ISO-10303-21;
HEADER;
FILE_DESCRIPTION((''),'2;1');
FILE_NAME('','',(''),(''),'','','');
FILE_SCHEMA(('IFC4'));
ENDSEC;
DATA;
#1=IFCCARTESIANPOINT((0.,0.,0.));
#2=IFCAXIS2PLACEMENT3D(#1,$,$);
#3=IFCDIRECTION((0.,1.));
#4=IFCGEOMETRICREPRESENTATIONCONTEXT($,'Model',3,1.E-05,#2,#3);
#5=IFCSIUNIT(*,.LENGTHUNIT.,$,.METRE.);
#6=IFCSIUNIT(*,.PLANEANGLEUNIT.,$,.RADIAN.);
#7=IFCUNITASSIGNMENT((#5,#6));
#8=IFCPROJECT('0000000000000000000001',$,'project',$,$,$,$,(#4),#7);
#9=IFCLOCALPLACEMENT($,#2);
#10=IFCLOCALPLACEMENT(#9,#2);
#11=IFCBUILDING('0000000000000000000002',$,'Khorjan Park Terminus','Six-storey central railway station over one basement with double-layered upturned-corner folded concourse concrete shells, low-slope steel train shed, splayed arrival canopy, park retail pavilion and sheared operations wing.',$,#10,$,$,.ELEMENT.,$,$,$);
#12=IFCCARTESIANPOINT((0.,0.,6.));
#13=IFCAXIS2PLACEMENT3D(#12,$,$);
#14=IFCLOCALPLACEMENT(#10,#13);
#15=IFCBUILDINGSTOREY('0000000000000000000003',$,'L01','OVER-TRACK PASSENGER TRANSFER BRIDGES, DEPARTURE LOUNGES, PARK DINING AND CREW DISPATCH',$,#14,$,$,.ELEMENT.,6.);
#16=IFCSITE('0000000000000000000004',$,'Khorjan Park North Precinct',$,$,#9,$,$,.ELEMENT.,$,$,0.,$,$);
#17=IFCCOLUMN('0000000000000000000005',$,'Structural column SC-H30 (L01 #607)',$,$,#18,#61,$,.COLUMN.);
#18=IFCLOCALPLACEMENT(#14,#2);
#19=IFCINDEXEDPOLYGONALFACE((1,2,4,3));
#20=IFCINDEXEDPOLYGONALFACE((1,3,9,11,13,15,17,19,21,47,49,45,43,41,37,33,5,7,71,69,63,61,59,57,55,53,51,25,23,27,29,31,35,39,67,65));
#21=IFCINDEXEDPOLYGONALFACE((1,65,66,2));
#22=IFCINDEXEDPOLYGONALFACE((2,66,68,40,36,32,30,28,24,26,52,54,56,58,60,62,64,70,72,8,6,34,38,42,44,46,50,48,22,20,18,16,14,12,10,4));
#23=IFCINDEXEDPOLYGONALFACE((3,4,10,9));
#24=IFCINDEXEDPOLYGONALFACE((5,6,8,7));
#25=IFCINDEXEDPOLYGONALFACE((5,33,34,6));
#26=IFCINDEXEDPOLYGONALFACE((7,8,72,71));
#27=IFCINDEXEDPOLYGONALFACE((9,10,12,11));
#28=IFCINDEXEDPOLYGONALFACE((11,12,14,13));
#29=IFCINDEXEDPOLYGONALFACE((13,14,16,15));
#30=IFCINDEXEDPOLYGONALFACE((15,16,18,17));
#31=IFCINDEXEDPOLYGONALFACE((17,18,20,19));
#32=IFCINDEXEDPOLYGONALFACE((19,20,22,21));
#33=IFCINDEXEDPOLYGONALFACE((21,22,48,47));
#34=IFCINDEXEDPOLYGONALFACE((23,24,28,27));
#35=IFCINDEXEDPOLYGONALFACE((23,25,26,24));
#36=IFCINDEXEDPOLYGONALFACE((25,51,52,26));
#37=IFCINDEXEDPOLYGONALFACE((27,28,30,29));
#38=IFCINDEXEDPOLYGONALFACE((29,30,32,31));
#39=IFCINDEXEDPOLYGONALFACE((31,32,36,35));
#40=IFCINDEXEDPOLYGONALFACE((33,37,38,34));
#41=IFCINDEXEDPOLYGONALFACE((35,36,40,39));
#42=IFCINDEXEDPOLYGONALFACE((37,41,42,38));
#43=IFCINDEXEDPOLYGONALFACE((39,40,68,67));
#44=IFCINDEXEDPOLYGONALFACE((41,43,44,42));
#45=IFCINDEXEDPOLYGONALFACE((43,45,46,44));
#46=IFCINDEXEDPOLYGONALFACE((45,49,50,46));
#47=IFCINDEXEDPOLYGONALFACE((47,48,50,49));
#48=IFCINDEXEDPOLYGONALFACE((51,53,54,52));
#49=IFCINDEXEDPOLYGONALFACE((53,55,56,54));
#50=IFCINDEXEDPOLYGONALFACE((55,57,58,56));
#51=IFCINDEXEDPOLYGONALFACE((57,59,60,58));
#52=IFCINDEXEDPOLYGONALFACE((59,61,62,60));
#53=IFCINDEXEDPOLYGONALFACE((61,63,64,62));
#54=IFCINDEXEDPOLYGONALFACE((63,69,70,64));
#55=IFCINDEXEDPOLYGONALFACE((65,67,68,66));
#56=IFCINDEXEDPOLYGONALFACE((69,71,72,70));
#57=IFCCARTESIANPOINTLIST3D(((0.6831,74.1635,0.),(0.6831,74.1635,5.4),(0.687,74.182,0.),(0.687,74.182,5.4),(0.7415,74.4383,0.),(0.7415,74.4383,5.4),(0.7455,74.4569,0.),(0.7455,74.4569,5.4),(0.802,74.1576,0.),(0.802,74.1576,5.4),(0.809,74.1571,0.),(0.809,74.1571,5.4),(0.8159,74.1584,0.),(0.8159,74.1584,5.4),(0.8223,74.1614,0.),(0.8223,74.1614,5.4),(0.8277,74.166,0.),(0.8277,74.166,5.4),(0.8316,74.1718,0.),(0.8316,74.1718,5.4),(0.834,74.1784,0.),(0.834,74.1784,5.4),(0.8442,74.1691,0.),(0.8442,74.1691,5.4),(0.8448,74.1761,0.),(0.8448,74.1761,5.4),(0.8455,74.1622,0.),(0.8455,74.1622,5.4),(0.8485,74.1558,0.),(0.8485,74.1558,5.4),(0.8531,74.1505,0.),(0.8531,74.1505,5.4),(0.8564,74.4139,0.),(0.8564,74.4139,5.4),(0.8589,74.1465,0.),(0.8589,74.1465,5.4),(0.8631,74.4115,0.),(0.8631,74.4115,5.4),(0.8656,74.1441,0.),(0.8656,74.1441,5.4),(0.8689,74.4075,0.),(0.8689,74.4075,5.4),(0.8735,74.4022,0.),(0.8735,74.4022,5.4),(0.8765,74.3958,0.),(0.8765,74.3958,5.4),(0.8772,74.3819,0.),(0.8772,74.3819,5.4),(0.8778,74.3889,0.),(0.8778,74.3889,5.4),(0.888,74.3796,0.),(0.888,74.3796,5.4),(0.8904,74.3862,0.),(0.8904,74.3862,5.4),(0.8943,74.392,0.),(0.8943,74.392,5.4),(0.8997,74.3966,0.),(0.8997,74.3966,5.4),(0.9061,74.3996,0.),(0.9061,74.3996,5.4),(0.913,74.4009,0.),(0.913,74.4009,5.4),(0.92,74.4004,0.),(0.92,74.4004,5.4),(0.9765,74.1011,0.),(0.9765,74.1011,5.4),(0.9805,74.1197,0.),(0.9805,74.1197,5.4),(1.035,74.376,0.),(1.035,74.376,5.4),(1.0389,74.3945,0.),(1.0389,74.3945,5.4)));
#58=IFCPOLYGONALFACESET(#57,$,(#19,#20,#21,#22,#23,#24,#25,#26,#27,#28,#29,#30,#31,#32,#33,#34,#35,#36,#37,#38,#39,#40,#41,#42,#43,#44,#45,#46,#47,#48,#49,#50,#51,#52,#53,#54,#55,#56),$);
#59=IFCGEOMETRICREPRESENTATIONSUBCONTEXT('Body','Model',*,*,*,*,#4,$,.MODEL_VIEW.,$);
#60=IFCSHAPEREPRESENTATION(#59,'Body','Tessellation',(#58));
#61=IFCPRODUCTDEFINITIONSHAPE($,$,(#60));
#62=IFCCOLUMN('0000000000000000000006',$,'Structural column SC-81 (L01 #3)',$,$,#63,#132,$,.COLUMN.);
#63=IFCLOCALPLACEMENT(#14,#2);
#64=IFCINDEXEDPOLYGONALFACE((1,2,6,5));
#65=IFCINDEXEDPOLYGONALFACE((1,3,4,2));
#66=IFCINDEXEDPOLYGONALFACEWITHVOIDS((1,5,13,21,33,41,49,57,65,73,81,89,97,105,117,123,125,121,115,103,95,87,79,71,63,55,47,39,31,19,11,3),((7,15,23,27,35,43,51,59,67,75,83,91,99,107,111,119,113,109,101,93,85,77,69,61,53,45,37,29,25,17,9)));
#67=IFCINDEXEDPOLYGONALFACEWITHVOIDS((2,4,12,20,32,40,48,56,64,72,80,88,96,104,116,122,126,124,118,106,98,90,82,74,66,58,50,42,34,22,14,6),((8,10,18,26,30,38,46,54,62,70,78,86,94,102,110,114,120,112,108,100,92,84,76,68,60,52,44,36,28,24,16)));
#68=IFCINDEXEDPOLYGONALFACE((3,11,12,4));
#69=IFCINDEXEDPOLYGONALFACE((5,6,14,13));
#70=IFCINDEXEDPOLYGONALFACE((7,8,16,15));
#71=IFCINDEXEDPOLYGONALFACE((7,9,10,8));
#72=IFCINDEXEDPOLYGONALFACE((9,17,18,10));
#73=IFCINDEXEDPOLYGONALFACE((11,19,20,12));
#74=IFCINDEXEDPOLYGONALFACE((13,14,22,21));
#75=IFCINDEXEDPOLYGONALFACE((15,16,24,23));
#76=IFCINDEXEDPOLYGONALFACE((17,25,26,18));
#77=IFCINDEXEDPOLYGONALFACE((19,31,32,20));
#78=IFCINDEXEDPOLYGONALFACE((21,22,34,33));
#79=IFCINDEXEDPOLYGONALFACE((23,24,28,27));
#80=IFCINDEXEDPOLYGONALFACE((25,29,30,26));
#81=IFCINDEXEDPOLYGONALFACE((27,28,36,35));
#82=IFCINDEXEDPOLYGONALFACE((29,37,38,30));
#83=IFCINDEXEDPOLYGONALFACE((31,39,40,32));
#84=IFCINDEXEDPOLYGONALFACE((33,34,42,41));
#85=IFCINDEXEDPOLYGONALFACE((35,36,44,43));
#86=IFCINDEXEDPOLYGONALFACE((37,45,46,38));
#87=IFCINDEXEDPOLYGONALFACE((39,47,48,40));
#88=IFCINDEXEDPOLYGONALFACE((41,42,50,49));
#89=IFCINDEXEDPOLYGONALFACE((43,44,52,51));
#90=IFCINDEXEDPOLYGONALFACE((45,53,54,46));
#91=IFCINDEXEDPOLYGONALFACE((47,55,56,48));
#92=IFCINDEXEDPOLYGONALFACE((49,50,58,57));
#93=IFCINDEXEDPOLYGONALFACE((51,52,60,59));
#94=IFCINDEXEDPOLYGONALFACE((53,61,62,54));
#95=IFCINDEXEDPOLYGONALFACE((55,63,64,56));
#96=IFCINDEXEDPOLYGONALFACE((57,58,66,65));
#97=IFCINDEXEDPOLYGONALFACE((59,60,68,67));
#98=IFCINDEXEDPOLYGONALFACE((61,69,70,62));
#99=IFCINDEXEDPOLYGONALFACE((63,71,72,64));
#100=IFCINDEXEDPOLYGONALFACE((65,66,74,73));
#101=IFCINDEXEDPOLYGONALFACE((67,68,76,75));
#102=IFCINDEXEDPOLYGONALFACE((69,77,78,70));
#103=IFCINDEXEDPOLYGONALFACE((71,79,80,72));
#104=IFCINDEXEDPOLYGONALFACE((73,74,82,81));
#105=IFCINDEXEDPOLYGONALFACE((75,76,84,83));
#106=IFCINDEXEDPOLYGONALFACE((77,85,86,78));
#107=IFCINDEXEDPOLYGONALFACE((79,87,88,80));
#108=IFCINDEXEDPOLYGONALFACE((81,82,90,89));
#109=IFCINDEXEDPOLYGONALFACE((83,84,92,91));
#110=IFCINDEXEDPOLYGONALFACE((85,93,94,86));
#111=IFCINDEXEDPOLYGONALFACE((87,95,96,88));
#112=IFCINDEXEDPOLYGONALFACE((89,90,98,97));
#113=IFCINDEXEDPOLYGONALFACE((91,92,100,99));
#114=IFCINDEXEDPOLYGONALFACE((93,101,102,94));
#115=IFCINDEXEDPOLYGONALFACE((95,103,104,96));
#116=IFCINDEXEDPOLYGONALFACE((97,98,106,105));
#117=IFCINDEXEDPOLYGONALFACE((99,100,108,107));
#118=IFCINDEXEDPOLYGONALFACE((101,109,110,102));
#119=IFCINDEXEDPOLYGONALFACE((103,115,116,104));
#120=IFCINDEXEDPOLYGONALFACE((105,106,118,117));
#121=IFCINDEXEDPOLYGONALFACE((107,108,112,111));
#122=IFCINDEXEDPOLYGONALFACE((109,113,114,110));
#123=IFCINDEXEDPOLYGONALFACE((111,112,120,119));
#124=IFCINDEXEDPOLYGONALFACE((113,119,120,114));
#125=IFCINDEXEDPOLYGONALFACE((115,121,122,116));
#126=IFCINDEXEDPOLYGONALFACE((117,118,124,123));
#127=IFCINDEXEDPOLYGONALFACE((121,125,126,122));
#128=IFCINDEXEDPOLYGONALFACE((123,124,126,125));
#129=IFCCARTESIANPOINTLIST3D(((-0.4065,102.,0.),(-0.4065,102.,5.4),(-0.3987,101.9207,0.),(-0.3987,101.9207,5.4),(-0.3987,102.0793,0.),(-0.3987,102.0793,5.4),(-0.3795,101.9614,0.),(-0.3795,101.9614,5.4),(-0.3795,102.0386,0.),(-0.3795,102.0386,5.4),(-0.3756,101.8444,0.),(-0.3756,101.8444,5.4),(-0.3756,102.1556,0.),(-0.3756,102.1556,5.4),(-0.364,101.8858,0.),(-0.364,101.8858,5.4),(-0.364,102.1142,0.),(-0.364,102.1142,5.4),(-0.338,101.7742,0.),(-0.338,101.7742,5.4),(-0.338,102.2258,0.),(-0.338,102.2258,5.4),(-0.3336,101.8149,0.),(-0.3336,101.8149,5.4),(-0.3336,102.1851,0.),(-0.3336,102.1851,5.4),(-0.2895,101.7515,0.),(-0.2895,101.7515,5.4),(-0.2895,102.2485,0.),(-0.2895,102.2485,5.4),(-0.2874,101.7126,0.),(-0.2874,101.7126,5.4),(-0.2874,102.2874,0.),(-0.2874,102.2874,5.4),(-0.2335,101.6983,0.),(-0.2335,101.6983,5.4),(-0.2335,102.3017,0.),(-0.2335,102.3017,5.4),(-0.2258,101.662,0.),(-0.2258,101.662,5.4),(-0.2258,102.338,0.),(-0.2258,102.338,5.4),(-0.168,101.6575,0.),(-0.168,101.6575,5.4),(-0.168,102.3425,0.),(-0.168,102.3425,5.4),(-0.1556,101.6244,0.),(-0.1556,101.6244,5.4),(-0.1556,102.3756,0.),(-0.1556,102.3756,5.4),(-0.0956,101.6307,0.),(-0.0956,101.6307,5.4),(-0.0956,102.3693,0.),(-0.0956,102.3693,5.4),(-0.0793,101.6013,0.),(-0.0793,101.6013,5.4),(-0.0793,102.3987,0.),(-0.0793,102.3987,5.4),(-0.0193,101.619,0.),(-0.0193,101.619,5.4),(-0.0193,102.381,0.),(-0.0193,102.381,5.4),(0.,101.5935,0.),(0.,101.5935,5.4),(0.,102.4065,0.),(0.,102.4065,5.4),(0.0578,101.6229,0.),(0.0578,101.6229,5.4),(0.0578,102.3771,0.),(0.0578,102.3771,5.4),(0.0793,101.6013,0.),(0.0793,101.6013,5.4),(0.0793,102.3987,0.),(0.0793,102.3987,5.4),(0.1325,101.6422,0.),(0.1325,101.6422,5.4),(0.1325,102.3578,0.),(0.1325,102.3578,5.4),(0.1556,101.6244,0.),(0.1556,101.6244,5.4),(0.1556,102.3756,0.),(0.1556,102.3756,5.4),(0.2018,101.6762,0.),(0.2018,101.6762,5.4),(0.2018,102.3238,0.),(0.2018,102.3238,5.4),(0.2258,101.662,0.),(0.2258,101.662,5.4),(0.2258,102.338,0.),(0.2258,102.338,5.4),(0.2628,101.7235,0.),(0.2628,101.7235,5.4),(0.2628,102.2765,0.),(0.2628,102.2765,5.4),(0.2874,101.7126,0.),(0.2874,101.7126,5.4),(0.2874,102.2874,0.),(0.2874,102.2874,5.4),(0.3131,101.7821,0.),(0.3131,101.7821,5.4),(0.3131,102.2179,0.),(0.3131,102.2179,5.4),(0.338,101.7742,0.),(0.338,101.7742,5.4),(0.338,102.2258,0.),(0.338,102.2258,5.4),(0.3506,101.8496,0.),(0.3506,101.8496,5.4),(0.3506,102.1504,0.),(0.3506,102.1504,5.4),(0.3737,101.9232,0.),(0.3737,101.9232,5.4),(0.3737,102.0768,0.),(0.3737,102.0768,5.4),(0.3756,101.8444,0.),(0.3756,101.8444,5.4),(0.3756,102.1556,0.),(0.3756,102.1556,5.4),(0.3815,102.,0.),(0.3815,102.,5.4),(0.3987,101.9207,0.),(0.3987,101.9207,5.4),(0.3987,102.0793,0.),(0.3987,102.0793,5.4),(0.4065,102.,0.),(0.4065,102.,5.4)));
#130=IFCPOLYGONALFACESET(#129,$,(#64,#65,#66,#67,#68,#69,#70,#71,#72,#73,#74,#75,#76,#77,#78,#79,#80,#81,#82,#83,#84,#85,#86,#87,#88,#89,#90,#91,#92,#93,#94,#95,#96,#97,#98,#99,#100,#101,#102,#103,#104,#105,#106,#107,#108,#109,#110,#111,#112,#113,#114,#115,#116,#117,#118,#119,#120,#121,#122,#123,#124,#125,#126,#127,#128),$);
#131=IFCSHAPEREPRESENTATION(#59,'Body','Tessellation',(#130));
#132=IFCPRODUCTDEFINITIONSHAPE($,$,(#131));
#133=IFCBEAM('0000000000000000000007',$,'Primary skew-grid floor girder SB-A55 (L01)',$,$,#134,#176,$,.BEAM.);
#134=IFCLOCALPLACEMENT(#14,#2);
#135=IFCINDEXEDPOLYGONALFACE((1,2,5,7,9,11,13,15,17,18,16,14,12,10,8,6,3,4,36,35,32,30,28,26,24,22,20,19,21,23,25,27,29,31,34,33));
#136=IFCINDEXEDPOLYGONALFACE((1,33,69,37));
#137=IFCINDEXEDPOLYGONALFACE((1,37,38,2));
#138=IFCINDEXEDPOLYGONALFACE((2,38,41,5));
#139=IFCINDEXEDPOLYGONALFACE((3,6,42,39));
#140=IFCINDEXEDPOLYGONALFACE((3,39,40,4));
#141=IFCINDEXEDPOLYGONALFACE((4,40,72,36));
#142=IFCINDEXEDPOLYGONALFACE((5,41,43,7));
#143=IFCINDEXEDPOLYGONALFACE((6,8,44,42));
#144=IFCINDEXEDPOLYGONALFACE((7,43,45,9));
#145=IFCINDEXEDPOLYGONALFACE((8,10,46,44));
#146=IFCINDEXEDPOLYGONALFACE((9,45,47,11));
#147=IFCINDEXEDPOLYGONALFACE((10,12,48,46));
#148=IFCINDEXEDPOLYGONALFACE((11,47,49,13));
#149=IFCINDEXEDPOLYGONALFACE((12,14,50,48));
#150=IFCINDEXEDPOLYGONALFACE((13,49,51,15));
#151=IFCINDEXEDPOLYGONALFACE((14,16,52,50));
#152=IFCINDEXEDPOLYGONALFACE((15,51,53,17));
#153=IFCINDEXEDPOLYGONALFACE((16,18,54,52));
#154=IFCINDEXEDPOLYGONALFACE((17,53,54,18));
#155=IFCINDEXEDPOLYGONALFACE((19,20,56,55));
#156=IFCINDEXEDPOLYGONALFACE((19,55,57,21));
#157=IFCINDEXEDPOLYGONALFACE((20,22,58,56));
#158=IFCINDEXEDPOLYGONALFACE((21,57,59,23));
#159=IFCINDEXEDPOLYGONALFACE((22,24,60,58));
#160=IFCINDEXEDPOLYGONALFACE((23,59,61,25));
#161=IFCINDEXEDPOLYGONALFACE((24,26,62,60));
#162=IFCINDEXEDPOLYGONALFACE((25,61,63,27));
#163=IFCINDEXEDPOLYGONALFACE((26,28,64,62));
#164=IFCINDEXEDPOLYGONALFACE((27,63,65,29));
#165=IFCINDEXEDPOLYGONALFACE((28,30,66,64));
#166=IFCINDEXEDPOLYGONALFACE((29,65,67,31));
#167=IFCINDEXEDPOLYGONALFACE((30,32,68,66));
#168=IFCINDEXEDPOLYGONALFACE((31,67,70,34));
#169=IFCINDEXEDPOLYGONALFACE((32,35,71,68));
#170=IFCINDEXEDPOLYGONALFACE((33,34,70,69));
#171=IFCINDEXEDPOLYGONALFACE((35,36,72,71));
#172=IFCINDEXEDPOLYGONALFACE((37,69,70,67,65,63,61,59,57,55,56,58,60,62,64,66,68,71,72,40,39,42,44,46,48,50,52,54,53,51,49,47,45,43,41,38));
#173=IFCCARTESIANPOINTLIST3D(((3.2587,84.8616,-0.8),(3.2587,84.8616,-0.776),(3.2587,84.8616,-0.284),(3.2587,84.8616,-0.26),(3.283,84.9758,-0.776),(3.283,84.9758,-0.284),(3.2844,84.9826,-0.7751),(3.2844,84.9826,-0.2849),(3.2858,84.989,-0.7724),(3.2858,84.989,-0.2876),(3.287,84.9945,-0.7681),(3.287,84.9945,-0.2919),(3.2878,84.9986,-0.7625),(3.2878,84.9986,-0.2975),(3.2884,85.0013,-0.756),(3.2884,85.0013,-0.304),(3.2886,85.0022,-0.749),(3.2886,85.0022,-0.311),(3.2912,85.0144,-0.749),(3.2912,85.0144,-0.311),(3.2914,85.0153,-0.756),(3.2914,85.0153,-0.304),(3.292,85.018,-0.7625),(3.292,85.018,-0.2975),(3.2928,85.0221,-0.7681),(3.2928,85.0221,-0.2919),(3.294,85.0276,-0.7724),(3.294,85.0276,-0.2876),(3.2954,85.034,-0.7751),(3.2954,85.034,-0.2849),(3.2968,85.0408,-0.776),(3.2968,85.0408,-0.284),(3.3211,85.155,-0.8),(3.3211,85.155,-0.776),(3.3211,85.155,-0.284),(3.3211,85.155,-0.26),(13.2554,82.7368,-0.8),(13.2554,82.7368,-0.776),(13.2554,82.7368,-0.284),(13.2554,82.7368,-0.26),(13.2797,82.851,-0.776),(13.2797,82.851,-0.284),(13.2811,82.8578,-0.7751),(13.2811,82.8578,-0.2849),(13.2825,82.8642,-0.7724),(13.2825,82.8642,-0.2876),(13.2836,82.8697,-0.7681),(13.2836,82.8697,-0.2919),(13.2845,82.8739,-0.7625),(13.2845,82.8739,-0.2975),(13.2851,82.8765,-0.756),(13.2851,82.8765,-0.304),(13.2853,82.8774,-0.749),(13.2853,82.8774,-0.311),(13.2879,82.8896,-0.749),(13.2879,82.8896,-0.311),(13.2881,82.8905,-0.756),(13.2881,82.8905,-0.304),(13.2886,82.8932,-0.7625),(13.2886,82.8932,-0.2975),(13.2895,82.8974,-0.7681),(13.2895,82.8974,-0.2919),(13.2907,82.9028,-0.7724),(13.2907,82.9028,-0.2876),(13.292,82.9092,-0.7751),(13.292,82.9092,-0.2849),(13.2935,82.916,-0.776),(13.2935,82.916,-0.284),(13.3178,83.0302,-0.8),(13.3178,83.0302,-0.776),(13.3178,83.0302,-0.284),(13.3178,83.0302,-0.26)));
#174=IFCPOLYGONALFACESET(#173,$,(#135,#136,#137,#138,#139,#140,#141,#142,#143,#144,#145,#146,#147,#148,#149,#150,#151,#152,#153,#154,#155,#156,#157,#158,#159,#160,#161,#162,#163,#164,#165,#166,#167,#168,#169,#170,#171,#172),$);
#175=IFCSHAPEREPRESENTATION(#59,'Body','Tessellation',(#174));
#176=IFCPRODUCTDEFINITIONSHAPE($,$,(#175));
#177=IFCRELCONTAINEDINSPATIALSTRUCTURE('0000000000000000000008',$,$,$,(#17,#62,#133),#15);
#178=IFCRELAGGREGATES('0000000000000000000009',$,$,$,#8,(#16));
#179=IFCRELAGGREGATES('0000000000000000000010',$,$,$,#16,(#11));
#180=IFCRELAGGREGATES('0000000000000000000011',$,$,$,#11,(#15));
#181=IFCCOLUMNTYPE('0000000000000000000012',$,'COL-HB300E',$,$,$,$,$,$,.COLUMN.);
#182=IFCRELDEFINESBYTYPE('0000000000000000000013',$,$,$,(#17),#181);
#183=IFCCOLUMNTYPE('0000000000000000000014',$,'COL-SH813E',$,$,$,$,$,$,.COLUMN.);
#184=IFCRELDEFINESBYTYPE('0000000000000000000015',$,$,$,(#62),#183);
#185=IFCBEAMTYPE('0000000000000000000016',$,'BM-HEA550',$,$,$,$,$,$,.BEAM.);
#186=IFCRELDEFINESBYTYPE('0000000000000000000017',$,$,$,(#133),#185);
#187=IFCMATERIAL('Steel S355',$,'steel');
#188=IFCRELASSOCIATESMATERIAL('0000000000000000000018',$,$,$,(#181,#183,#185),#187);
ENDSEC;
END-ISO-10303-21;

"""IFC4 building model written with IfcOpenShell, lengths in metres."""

from ifc_helpers import new_model, si_unit, direction, frame, origin, origin_2d, place, context, subcontext, project, spatial, hollow_circle, i_section, extrude, material, material_profile, profile_set, type_object, element, save


model = new_model("IFC4")

# Units and contexts
model_context = context("Model", 3, precision=1e-05, world=origin(), true_north=direction((0.0, 1.0)))
body_context = subcontext(model_context, "Body", "Model", "MODEL_VIEW")
ifc_project = project(units=[si_unit("LENGTHUNIT", "METRE"), si_unit("PLANEANGLEUNIT", "RADIAN")], contexts=[model_context])

# Site, building, storey
site_placement = place(None, origin())
site = spatial("IfcSite", under=ifc_project, at=site_placement, Name="Khorjan Park North Precinct", CompositionType="ELEMENT", RefElevation=0.0)
building_placement = place(site_placement, origin())
building = spatial("IfcBuilding", under=site, at=building_placement, Name="Khorjan Park Terminus", Description="Six-storey central railway station over one basement with double-layered upturned-corner folded concourse concrete shells, low-slope steel train shed, splayed arrival canopy, park retail pavilion and sheared operations wing.", CompositionType="ELEMENT")
storey_placement = place(building_placement, frame((0.0, 0.0, 6.0)))
storey = spatial("IfcBuildingStorey", under=building, at=storey_placement, Name="L01", Description="OVER-TRACK PASSENGER TRANSFER BRIDGES, DEPARTURE LOUNGES, PARK DINING AND CREW DISPATCH", CompositionType="ELEMENT", Elevation=6.0)

# Columns
ifc_material_1 = material(Name="Steel S355", Category="steel")
ifc_material_profile_1 = material_profile(ifc_material_1, i_section(OverallWidth=0.3, OverallDepth=0.3, WebThickness=0.011, FlangeThickness=0.019, FilletRadius=0.027, at=origin_2d()), Name="HEB 300")
ifc_profile_set_1 = profile_set([ifc_material_profile_1], Name="Steel S355")
column_type_1 = type_object("IfcColumnType", Name="COL-HB300E", PredefinedType="COLUMN", material=ifc_profile_set_1)
column_1_placement = place(storey_placement, frame((0.861, 74.279, 0.0), z_axis=(0.0, 0.0, 1.0), x_axis=(0.978148, -0.207912, 0.0)))
element("IfcColumn", 1, at=column_1_placement, inside=storey, type_object=column_type_1, Name="Structural column SC-H30 (L01 #607)", PredefinedType="COLUMN", context=body_context, shape_type="SweptSolid", body=[
    extrude(i_section(OverallWidth=0.3, OverallDepth=0.3, WebThickness=0.011, FlangeThickness=0.019, FilletRadius=0.027, at=origin_2d()), origin(), (0.0, 0.0, 1.0), 5.4),
])
ifc_material_profile_2 = material_profile(ifc_material_1, hollow_circle(Radius=0.4065, WallThickness=0.025, at=origin_2d()), Name="CHS 813x25")
ifc_profile_set_2 = profile_set([ifc_material_profile_2], Name="Steel S355")
column_type_2 = type_object("IfcColumnType", Name="COL-SH813E", PredefinedType="COLUMN", material=ifc_profile_set_2)
column_2_placement = place(storey_placement, frame((0.0, 102.0, 0.0), z_axis=(0.0, 0.0, 1.0), x_axis=(1.0, 0.0, 0.0)))
element("IfcColumn", 2, at=column_2_placement, inside=storey, type_object=column_type_2, Name="Structural column SC-81 (L01 #3)", PredefinedType="COLUMN", context=body_context, shape_type="SweptSolid", body=[
    extrude(hollow_circle(Radius=0.4065, WallThickness=0.025, at=origin_2d()), origin(), (0.0, 0.0, 1.0), 5.4),
])

# Beam
ifc_material_profile_3 = material_profile(ifc_material_1, i_section(OverallWidth=0.3, OverallDepth=0.54, WebThickness=0.0125, FlangeThickness=0.024, FilletRadius=0.027, at=origin_2d()), Name="HEA 550")
ifc_profile_set_3 = profile_set([ifc_material_profile_3], Name="Steel S355")
beam_type_1 = type_object("IfcBeamType", Name="BM-HEA550", PredefinedType="BEAM", material=ifc_profile_set_3)
beam_1_placement = place(storey_placement, frame((3.2899, 85.0083, -0.53), z_axis=(0.978149, -0.207906, 0.0), x_axis=(0.207906, 0.978149, 0.0)))
element("IfcBeam", 3, at=beam_1_placement, inside=storey, type_object=beam_type_1, Name="Primary skew-grid floor girder SB-A55 (L01)", PredefinedType="BEAM", context=body_context, shape_type="SweptSolid", body=[
    extrude(i_section(OverallWidth=0.3, OverallDepth=0.54, WebThickness=0.0125, FlangeThickness=0.024, FilletRadius=0.027, at=origin_2d()), origin(), (0.0, 0.0, 1.0), 10.22),
])

save(model, "model.ifc")
